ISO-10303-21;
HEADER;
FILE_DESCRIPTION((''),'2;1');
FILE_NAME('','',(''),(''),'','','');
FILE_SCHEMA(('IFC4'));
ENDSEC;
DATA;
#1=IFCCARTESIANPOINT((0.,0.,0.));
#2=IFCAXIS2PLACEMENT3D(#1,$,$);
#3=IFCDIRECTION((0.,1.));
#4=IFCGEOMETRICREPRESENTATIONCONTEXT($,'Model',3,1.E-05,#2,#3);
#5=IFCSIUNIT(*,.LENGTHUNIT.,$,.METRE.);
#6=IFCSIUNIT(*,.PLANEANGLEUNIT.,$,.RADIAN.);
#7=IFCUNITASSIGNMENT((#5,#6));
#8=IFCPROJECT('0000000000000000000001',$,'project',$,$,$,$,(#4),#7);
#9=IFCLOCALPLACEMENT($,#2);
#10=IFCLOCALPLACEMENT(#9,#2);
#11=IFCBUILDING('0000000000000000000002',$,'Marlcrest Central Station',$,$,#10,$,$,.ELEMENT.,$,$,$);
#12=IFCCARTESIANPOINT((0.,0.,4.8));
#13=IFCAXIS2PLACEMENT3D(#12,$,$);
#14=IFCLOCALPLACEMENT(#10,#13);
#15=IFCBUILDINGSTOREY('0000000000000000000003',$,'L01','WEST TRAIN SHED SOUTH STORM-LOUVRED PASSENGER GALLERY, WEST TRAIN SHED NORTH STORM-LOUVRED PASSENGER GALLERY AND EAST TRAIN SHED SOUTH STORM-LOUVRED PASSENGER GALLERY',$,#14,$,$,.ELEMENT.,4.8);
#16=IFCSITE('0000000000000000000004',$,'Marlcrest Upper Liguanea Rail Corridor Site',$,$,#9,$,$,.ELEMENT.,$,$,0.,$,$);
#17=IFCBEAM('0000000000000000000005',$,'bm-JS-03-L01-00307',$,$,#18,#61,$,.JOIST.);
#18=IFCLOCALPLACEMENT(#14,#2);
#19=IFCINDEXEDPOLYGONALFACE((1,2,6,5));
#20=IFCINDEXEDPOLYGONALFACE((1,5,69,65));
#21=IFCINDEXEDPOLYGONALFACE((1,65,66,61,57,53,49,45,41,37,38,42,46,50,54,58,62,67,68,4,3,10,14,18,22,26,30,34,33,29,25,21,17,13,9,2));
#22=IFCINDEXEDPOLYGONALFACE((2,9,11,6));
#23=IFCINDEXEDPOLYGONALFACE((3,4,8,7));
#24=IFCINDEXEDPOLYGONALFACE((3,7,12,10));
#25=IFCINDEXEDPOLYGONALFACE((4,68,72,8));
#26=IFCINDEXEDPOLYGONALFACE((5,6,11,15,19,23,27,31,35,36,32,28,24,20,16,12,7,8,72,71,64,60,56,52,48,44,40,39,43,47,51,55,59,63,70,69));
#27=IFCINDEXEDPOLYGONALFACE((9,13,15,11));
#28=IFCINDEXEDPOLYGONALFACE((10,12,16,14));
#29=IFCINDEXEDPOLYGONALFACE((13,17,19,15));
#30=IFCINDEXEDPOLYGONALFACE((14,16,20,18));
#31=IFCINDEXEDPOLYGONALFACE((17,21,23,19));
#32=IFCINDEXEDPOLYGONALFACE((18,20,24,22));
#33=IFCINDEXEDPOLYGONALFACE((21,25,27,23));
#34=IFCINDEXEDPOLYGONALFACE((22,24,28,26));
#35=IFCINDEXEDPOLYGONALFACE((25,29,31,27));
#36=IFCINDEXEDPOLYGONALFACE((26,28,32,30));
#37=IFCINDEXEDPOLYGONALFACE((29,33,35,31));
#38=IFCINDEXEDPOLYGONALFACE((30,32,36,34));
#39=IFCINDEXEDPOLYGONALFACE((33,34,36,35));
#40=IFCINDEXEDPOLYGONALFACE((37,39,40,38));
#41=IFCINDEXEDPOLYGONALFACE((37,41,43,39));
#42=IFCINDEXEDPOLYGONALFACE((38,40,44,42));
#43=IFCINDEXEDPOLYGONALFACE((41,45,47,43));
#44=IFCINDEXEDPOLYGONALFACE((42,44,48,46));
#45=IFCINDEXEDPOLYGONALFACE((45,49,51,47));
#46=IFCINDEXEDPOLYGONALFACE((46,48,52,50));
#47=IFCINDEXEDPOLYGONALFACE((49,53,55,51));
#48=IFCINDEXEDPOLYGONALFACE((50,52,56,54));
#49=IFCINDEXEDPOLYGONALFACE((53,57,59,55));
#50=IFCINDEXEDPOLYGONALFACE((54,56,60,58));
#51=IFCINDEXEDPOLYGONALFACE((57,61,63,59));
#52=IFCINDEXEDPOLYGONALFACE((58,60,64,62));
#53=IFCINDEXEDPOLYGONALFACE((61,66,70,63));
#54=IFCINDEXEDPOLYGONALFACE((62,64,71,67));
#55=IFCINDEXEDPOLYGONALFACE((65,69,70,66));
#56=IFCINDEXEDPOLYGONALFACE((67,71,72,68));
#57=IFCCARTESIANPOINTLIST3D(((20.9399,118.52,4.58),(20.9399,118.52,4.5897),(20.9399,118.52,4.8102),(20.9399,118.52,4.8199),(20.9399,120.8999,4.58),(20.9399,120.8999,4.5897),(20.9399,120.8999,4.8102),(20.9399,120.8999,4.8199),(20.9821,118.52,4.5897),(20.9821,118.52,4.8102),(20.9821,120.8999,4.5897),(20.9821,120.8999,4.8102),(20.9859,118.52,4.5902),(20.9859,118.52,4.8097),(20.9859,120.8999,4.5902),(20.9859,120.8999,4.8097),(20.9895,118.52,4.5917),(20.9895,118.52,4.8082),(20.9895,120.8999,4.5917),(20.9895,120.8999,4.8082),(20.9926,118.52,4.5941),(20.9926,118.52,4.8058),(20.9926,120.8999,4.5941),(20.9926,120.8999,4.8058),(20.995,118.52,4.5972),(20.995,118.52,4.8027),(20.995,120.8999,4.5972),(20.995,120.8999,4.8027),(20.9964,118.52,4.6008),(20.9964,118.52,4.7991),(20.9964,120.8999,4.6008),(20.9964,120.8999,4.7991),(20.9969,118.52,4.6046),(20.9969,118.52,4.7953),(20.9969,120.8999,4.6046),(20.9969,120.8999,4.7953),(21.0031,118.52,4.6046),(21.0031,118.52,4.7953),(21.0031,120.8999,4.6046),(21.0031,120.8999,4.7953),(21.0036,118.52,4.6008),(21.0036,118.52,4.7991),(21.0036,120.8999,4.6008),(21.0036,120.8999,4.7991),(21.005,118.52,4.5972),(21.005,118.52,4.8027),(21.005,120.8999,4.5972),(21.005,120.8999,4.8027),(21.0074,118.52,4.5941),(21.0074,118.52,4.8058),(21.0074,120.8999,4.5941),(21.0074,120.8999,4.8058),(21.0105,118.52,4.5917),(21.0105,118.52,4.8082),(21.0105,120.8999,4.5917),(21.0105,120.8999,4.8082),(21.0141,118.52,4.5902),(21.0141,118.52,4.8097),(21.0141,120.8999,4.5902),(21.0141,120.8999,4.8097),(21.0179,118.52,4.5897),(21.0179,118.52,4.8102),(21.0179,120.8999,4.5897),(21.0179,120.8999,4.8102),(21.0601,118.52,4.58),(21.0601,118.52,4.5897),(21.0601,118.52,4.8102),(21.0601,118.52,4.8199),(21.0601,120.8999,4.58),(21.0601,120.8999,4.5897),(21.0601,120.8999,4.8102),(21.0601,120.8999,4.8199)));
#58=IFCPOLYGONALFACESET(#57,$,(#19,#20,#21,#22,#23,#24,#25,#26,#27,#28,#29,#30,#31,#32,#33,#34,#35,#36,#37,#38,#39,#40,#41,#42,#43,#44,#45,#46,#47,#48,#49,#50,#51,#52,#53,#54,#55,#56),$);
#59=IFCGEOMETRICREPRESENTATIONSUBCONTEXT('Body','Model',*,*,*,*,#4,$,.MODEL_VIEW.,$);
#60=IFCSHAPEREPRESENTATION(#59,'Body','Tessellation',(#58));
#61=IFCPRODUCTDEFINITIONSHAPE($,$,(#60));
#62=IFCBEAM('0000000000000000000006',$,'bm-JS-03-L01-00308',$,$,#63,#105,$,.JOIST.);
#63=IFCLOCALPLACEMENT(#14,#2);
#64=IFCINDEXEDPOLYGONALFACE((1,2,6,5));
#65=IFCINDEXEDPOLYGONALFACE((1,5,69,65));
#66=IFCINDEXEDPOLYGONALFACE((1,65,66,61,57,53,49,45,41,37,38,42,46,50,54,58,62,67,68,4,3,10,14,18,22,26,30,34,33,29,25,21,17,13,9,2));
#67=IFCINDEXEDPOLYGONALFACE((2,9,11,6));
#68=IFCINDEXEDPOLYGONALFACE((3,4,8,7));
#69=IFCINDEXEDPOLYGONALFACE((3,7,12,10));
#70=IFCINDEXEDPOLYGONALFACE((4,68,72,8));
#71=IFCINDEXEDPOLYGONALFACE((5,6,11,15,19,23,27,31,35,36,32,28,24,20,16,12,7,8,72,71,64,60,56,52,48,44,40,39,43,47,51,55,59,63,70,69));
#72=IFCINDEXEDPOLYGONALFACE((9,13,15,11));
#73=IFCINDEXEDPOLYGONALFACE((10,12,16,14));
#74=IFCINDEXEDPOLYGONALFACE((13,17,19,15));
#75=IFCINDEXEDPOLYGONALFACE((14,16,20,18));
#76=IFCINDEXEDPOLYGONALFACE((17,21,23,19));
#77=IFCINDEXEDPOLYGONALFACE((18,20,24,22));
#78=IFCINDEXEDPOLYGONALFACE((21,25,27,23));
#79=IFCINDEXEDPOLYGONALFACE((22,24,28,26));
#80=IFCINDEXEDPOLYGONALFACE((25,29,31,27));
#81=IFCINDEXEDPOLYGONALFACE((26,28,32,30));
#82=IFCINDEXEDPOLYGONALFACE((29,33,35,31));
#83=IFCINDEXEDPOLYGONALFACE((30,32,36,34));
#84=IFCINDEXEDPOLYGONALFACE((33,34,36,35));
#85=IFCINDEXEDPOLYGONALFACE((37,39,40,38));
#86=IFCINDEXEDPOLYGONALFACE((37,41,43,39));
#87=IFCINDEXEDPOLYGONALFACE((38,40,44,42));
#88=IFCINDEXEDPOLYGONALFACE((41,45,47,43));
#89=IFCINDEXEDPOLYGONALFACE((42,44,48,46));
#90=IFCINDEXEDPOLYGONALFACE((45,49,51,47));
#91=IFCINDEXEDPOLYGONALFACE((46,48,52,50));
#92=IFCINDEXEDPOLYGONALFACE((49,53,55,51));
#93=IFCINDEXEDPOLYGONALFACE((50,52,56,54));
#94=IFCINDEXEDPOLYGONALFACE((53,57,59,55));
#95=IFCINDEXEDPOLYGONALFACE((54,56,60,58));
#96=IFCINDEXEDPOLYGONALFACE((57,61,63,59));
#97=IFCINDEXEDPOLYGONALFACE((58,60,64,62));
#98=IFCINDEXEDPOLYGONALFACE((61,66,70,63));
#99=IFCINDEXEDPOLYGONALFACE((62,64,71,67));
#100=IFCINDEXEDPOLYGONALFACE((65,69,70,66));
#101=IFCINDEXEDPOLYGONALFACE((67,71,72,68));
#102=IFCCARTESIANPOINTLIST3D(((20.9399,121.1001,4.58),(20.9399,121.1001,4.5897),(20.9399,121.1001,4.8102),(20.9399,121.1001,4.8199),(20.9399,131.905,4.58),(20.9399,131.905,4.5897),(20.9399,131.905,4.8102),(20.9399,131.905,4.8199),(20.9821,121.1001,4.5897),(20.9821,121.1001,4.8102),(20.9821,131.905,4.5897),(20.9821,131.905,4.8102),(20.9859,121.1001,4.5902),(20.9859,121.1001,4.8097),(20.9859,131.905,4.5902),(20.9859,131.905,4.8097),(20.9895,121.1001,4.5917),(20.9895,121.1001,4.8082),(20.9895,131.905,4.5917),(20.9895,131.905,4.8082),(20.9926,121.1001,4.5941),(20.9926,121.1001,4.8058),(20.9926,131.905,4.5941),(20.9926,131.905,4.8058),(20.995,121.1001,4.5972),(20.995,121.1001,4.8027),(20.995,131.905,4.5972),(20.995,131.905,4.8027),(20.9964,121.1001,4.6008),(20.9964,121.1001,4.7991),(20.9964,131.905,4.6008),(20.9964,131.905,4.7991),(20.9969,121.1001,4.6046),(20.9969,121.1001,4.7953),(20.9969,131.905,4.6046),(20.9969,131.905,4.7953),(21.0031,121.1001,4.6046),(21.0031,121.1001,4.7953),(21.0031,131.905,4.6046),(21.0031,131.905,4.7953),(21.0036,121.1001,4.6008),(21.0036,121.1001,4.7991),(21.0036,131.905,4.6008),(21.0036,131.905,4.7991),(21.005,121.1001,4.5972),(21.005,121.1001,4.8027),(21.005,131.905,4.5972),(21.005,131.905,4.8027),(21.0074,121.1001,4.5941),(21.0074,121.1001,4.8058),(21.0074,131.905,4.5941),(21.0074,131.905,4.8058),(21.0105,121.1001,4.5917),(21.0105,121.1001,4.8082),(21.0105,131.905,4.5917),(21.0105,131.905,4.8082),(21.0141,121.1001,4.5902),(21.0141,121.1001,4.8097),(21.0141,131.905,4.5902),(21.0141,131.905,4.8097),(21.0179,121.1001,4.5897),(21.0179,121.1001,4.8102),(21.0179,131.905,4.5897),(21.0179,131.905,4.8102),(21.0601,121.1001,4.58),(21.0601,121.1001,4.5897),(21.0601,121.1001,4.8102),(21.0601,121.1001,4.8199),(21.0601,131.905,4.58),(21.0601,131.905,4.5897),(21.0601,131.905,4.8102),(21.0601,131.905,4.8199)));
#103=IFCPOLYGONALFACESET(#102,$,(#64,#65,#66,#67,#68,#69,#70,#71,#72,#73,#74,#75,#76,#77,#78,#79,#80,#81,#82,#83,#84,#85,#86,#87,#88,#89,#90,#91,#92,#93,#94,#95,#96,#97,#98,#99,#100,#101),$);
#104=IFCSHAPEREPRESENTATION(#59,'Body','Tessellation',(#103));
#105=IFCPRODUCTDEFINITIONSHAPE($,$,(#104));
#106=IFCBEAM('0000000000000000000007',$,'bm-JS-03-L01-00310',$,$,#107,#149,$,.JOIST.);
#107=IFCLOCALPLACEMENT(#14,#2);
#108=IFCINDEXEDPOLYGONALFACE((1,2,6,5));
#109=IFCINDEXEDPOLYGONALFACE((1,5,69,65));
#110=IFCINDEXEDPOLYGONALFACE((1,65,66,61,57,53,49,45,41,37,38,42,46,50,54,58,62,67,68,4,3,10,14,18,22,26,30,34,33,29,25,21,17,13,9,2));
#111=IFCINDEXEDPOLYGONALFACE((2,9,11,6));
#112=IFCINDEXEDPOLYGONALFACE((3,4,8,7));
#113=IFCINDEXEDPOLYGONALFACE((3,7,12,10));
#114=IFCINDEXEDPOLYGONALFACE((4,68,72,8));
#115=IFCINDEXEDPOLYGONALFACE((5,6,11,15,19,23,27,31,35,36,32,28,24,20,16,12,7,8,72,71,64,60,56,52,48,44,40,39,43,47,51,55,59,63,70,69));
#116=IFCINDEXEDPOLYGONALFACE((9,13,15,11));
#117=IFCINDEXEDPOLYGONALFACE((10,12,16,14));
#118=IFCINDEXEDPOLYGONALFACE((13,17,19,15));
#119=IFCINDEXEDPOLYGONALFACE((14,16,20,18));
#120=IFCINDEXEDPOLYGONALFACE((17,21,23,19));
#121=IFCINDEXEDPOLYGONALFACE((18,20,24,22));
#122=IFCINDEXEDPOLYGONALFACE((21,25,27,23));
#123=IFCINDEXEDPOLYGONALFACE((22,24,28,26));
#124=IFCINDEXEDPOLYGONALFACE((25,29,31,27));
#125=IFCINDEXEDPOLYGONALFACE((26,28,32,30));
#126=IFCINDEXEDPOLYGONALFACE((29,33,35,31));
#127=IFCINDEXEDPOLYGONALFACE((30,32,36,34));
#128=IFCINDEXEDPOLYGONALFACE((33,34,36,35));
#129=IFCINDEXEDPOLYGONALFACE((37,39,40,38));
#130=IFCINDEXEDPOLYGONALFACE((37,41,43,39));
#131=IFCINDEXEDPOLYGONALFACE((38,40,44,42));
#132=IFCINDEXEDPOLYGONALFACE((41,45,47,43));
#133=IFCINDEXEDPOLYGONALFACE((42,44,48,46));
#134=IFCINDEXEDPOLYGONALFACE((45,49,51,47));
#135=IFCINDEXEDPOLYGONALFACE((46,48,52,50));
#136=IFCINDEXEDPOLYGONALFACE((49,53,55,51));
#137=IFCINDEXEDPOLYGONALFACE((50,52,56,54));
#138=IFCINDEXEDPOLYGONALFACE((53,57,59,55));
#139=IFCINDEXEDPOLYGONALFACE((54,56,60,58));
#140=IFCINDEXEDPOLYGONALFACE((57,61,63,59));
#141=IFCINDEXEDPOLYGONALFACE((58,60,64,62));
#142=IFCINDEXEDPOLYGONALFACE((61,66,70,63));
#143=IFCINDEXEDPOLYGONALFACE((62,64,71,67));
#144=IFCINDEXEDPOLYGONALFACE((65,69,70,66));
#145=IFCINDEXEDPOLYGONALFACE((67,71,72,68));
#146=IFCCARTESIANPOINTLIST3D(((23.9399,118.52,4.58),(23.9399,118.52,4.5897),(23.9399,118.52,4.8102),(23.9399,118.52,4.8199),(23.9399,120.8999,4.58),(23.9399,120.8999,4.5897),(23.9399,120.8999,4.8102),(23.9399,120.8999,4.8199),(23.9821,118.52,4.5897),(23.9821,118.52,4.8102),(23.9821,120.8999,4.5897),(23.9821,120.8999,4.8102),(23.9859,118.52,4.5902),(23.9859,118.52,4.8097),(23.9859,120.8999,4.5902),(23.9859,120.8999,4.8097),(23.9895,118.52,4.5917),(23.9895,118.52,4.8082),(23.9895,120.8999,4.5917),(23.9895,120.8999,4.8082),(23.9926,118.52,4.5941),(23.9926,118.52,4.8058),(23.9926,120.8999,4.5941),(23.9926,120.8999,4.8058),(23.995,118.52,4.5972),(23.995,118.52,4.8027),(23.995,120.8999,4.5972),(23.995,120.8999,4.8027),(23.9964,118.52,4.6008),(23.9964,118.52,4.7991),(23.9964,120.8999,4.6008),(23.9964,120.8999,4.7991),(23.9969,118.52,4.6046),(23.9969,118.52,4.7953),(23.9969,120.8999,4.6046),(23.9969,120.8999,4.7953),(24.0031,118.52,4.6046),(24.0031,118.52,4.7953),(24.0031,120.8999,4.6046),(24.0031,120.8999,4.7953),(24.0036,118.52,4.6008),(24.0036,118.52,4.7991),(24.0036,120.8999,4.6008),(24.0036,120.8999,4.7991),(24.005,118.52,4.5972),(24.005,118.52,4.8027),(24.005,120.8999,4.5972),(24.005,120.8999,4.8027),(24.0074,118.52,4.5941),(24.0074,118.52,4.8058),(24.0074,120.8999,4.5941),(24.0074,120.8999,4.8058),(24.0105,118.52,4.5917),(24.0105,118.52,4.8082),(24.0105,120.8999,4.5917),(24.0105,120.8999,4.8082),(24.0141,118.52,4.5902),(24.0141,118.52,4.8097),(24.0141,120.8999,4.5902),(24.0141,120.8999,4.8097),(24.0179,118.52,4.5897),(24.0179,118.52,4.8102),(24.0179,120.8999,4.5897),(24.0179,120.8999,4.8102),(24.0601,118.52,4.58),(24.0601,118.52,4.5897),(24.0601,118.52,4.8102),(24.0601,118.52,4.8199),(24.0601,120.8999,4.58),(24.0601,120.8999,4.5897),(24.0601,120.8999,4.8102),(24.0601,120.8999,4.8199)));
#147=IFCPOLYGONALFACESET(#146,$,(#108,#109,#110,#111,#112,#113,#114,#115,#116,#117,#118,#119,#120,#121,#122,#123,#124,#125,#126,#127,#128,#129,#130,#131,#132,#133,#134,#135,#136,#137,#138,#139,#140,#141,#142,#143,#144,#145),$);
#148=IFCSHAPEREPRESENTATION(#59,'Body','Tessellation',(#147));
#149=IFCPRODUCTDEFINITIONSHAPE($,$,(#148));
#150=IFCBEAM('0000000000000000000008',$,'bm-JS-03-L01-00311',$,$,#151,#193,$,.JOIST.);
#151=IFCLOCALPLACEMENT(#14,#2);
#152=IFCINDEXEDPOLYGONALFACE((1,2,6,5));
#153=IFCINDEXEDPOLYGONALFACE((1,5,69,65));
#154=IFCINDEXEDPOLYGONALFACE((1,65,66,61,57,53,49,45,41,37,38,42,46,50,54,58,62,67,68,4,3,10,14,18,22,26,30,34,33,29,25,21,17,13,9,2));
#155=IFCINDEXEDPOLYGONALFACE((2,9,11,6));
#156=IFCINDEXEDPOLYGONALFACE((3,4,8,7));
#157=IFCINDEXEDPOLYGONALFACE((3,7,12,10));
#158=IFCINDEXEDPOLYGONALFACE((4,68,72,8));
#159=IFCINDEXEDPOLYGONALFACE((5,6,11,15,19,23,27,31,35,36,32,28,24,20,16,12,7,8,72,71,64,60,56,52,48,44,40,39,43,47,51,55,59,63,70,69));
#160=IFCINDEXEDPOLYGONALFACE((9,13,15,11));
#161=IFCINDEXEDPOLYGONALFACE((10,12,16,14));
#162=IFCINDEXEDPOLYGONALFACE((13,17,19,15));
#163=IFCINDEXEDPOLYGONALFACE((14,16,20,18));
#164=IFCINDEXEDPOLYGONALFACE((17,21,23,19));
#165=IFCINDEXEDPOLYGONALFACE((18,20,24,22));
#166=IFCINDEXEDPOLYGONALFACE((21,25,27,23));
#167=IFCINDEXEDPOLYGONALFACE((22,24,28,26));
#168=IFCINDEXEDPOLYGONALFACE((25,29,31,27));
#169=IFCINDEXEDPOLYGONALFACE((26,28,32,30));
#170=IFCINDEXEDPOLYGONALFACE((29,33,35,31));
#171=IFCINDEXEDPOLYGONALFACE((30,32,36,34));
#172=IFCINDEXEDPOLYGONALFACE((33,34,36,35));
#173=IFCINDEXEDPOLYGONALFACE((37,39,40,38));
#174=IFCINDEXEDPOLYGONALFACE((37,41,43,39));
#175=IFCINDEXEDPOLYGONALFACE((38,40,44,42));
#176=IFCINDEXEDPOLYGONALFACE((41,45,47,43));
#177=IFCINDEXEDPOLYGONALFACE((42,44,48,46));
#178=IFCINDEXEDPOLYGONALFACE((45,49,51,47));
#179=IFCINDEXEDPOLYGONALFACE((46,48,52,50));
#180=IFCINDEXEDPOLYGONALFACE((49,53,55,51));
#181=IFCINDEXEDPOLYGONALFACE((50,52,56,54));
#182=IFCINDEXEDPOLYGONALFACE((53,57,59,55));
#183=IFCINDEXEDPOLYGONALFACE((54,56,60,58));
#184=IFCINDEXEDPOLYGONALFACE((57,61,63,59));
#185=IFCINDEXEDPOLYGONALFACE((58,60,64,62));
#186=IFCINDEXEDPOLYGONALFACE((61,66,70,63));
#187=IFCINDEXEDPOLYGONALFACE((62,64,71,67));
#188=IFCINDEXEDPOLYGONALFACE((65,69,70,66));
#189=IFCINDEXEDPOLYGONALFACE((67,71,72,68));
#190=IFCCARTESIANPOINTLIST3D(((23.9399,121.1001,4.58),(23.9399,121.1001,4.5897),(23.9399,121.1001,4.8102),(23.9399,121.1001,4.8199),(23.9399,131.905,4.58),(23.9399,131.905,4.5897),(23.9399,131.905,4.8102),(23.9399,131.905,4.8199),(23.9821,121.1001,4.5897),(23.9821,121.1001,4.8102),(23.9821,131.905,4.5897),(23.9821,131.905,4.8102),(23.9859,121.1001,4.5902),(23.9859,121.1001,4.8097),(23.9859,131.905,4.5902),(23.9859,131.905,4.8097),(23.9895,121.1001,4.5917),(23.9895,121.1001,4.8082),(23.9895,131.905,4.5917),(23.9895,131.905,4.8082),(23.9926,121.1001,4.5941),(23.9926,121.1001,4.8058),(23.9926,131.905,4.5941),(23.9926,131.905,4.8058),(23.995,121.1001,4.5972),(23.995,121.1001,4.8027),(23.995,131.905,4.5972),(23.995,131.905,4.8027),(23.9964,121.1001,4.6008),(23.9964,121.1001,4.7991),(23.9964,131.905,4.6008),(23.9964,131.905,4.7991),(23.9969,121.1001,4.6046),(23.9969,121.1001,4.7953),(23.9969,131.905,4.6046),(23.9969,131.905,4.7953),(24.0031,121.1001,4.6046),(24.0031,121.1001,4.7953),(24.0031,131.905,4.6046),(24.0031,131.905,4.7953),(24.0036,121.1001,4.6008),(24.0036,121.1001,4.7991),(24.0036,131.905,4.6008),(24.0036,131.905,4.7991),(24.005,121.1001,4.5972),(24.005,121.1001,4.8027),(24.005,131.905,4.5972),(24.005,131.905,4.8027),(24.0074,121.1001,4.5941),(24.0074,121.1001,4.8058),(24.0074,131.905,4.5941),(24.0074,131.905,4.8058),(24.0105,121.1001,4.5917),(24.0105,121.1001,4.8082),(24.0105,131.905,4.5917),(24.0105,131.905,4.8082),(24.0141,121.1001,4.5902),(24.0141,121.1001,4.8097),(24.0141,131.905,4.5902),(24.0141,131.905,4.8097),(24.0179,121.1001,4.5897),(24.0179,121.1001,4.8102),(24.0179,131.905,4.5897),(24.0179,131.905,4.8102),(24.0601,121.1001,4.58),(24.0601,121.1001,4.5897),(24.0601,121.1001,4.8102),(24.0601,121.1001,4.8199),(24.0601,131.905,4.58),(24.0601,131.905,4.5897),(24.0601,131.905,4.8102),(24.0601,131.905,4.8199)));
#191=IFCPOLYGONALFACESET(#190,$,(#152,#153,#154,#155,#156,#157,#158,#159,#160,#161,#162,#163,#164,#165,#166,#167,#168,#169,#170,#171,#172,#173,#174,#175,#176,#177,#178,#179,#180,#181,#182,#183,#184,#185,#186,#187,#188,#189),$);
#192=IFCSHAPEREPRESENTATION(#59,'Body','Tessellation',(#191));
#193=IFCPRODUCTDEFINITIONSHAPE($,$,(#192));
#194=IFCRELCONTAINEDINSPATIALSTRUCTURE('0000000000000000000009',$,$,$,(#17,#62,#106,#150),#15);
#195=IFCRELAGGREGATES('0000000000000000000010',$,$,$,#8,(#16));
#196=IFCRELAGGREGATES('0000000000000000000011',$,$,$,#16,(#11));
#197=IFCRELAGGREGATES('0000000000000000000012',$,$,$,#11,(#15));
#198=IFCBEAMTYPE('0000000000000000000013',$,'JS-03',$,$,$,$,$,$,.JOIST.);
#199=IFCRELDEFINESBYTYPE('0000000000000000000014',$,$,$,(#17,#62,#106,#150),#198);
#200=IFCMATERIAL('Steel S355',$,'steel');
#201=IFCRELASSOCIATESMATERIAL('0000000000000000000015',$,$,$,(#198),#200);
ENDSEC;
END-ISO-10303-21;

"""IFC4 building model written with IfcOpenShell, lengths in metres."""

from ifc_helpers import new_model, si_unit, direction, frame, origin, origin_2d, place, context, subcontext, project, spatial, i_section, extrude, material, material_profile, profile_set, type_object, element, save


model = new_model("IFC4")

# Units and contexts
model_context = context("Model", 3, precision=1e-05, world=origin(), true_north=direction((0.0, 1.0)))
body_context = subcontext(model_context, "Body", "Model", "MODEL_VIEW")
ifc_project = project(units=[si_unit("LENGTHUNIT", "METRE"), si_unit("PLANEANGLEUNIT", "RADIAN")], contexts=[model_context])

# Site, building, storey
site_placement = place(None, origin())
site = spatial("IfcSite", under=ifc_project, at=site_placement, Name="Marlcrest Upper Liguanea Rail Corridor Site", CompositionType="ELEMENT", RefElevation=0.0)
building_placement = place(site_placement, origin())
building = spatial("IfcBuilding", under=site, at=building_placement, Name="Marlcrest Central Station", CompositionType="ELEMENT")
storey_placement = place(building_placement, frame((0.0, 0.0, 4.8)))
storey = spatial("IfcBuildingStorey", under=building, at=storey_placement, Name="L01", Description="WEST TRAIN SHED SOUTH STORM-LOUVRED PASSENGER GALLERY, WEST TRAIN SHED NORTH STORM-LOUVRED PASSENGER GALLERY AND EAST TRAIN SHED SOUTH STORM-LOUVRED PASSENGER GALLERY", CompositionType="ELEMENT", Elevation=4.8)

# Shared definitions
ifc_material_1 = material(Name="Steel S355", Category="steel")

# Beams
ifc_material_profile_1 = material_profile(ifc_material_1, i_section(OverallWidth=0.1201, OverallDepth=0.24, WebThickness=0.0061, FlangeThickness=0.0098, FilletRadius=0.0149, at=origin_2d()), Name="IPE 240")
ifc_profile_set_1 = profile_set([ifc_material_profile_1], Name="Steel S355")
beam_type_1 = type_object("IfcBeamType", Name="JS-03", PredefinedType="JOIST", material=ifc_profile_set_1)
beam_1_placement = place(storey_placement, frame((21.0, 118.52, 4.7), z_axis=(0.0, 1.0, 0.0), x_axis=(-1.0, 0.0, 0.0)))
element("IfcBeam", 1, at=beam_1_placement, inside=storey, type_object=beam_type_1, Name="bm-JS-03-L01-00307", PredefinedType="JOIST", context=body_context, shape_type="SweptSolid", body=[
    extrude(i_section(OverallWidth=0.1201, OverallDepth=0.24, WebThickness=0.0061, FlangeThickness=0.0098, FilletRadius=0.0149, at=origin_2d()), origin(), (0.0, 0.0, 1.0), 2.3799),
])
beam_2_placement = place(storey_placement, frame((21.0, 121.1001, 4.7), z_axis=(0.0, 1.0, 0.0), x_axis=(-1.0, 0.0, 0.0)))
element("IfcBeam", 2, at=beam_2_placement, inside=storey, type_object=beam_type_1, Name="bm-JS-03-L01-00308", PredefinedType="JOIST", context=body_context, shape_type="SweptSolid", body=[
    extrude(i_section(OverallWidth=0.1201, OverallDepth=0.24, WebThickness=0.0061, FlangeThickness=0.0098, FilletRadius=0.0149, at=origin_2d()), origin(), (0.0, 0.0, 1.0), 10.8049),
])
beam_3_placement = place(storey_placement, frame((24.0, 118.52, 4.7), z_axis=(0.0, 1.0, 0.0), x_axis=(-1.0, 0.0, 0.0)))
element("IfcBeam", 3, at=beam_3_placement, inside=storey, type_object=beam_type_1, Name="bm-JS-03-L01-00310", PredefinedType="JOIST", context=body_context, shape_type="SweptSolid", body=[
    extrude(i_section(OverallWidth=0.1201, OverallDepth=0.24, WebThickness=0.0061, FlangeThickness=0.0098, FilletRadius=0.0149, at=origin_2d()), origin(), (0.0, 0.0, 1.0), 2.3799),
])
beam_4_placement = place(storey_placement, frame((24.0, 121.1001, 4.7), z_axis=(0.0, 1.0, 0.0), x_axis=(-1.0, 0.0, 0.0)))
element("IfcBeam", 4, at=beam_4_placement, inside=storey, type_object=beam_type_1, Name="bm-JS-03-L01-00311", PredefinedType="JOIST", context=body_context, shape_type="SweptSolid", body=[
    extrude(i_section(OverallWidth=0.1201, OverallDepth=0.24, WebThickness=0.0061, FlangeThickness=0.0098, FilletRadius=0.0149, at=origin_2d()), origin(), (0.0, 0.0, 1.0), 10.8049),
])

save(model, "model.ifc")
